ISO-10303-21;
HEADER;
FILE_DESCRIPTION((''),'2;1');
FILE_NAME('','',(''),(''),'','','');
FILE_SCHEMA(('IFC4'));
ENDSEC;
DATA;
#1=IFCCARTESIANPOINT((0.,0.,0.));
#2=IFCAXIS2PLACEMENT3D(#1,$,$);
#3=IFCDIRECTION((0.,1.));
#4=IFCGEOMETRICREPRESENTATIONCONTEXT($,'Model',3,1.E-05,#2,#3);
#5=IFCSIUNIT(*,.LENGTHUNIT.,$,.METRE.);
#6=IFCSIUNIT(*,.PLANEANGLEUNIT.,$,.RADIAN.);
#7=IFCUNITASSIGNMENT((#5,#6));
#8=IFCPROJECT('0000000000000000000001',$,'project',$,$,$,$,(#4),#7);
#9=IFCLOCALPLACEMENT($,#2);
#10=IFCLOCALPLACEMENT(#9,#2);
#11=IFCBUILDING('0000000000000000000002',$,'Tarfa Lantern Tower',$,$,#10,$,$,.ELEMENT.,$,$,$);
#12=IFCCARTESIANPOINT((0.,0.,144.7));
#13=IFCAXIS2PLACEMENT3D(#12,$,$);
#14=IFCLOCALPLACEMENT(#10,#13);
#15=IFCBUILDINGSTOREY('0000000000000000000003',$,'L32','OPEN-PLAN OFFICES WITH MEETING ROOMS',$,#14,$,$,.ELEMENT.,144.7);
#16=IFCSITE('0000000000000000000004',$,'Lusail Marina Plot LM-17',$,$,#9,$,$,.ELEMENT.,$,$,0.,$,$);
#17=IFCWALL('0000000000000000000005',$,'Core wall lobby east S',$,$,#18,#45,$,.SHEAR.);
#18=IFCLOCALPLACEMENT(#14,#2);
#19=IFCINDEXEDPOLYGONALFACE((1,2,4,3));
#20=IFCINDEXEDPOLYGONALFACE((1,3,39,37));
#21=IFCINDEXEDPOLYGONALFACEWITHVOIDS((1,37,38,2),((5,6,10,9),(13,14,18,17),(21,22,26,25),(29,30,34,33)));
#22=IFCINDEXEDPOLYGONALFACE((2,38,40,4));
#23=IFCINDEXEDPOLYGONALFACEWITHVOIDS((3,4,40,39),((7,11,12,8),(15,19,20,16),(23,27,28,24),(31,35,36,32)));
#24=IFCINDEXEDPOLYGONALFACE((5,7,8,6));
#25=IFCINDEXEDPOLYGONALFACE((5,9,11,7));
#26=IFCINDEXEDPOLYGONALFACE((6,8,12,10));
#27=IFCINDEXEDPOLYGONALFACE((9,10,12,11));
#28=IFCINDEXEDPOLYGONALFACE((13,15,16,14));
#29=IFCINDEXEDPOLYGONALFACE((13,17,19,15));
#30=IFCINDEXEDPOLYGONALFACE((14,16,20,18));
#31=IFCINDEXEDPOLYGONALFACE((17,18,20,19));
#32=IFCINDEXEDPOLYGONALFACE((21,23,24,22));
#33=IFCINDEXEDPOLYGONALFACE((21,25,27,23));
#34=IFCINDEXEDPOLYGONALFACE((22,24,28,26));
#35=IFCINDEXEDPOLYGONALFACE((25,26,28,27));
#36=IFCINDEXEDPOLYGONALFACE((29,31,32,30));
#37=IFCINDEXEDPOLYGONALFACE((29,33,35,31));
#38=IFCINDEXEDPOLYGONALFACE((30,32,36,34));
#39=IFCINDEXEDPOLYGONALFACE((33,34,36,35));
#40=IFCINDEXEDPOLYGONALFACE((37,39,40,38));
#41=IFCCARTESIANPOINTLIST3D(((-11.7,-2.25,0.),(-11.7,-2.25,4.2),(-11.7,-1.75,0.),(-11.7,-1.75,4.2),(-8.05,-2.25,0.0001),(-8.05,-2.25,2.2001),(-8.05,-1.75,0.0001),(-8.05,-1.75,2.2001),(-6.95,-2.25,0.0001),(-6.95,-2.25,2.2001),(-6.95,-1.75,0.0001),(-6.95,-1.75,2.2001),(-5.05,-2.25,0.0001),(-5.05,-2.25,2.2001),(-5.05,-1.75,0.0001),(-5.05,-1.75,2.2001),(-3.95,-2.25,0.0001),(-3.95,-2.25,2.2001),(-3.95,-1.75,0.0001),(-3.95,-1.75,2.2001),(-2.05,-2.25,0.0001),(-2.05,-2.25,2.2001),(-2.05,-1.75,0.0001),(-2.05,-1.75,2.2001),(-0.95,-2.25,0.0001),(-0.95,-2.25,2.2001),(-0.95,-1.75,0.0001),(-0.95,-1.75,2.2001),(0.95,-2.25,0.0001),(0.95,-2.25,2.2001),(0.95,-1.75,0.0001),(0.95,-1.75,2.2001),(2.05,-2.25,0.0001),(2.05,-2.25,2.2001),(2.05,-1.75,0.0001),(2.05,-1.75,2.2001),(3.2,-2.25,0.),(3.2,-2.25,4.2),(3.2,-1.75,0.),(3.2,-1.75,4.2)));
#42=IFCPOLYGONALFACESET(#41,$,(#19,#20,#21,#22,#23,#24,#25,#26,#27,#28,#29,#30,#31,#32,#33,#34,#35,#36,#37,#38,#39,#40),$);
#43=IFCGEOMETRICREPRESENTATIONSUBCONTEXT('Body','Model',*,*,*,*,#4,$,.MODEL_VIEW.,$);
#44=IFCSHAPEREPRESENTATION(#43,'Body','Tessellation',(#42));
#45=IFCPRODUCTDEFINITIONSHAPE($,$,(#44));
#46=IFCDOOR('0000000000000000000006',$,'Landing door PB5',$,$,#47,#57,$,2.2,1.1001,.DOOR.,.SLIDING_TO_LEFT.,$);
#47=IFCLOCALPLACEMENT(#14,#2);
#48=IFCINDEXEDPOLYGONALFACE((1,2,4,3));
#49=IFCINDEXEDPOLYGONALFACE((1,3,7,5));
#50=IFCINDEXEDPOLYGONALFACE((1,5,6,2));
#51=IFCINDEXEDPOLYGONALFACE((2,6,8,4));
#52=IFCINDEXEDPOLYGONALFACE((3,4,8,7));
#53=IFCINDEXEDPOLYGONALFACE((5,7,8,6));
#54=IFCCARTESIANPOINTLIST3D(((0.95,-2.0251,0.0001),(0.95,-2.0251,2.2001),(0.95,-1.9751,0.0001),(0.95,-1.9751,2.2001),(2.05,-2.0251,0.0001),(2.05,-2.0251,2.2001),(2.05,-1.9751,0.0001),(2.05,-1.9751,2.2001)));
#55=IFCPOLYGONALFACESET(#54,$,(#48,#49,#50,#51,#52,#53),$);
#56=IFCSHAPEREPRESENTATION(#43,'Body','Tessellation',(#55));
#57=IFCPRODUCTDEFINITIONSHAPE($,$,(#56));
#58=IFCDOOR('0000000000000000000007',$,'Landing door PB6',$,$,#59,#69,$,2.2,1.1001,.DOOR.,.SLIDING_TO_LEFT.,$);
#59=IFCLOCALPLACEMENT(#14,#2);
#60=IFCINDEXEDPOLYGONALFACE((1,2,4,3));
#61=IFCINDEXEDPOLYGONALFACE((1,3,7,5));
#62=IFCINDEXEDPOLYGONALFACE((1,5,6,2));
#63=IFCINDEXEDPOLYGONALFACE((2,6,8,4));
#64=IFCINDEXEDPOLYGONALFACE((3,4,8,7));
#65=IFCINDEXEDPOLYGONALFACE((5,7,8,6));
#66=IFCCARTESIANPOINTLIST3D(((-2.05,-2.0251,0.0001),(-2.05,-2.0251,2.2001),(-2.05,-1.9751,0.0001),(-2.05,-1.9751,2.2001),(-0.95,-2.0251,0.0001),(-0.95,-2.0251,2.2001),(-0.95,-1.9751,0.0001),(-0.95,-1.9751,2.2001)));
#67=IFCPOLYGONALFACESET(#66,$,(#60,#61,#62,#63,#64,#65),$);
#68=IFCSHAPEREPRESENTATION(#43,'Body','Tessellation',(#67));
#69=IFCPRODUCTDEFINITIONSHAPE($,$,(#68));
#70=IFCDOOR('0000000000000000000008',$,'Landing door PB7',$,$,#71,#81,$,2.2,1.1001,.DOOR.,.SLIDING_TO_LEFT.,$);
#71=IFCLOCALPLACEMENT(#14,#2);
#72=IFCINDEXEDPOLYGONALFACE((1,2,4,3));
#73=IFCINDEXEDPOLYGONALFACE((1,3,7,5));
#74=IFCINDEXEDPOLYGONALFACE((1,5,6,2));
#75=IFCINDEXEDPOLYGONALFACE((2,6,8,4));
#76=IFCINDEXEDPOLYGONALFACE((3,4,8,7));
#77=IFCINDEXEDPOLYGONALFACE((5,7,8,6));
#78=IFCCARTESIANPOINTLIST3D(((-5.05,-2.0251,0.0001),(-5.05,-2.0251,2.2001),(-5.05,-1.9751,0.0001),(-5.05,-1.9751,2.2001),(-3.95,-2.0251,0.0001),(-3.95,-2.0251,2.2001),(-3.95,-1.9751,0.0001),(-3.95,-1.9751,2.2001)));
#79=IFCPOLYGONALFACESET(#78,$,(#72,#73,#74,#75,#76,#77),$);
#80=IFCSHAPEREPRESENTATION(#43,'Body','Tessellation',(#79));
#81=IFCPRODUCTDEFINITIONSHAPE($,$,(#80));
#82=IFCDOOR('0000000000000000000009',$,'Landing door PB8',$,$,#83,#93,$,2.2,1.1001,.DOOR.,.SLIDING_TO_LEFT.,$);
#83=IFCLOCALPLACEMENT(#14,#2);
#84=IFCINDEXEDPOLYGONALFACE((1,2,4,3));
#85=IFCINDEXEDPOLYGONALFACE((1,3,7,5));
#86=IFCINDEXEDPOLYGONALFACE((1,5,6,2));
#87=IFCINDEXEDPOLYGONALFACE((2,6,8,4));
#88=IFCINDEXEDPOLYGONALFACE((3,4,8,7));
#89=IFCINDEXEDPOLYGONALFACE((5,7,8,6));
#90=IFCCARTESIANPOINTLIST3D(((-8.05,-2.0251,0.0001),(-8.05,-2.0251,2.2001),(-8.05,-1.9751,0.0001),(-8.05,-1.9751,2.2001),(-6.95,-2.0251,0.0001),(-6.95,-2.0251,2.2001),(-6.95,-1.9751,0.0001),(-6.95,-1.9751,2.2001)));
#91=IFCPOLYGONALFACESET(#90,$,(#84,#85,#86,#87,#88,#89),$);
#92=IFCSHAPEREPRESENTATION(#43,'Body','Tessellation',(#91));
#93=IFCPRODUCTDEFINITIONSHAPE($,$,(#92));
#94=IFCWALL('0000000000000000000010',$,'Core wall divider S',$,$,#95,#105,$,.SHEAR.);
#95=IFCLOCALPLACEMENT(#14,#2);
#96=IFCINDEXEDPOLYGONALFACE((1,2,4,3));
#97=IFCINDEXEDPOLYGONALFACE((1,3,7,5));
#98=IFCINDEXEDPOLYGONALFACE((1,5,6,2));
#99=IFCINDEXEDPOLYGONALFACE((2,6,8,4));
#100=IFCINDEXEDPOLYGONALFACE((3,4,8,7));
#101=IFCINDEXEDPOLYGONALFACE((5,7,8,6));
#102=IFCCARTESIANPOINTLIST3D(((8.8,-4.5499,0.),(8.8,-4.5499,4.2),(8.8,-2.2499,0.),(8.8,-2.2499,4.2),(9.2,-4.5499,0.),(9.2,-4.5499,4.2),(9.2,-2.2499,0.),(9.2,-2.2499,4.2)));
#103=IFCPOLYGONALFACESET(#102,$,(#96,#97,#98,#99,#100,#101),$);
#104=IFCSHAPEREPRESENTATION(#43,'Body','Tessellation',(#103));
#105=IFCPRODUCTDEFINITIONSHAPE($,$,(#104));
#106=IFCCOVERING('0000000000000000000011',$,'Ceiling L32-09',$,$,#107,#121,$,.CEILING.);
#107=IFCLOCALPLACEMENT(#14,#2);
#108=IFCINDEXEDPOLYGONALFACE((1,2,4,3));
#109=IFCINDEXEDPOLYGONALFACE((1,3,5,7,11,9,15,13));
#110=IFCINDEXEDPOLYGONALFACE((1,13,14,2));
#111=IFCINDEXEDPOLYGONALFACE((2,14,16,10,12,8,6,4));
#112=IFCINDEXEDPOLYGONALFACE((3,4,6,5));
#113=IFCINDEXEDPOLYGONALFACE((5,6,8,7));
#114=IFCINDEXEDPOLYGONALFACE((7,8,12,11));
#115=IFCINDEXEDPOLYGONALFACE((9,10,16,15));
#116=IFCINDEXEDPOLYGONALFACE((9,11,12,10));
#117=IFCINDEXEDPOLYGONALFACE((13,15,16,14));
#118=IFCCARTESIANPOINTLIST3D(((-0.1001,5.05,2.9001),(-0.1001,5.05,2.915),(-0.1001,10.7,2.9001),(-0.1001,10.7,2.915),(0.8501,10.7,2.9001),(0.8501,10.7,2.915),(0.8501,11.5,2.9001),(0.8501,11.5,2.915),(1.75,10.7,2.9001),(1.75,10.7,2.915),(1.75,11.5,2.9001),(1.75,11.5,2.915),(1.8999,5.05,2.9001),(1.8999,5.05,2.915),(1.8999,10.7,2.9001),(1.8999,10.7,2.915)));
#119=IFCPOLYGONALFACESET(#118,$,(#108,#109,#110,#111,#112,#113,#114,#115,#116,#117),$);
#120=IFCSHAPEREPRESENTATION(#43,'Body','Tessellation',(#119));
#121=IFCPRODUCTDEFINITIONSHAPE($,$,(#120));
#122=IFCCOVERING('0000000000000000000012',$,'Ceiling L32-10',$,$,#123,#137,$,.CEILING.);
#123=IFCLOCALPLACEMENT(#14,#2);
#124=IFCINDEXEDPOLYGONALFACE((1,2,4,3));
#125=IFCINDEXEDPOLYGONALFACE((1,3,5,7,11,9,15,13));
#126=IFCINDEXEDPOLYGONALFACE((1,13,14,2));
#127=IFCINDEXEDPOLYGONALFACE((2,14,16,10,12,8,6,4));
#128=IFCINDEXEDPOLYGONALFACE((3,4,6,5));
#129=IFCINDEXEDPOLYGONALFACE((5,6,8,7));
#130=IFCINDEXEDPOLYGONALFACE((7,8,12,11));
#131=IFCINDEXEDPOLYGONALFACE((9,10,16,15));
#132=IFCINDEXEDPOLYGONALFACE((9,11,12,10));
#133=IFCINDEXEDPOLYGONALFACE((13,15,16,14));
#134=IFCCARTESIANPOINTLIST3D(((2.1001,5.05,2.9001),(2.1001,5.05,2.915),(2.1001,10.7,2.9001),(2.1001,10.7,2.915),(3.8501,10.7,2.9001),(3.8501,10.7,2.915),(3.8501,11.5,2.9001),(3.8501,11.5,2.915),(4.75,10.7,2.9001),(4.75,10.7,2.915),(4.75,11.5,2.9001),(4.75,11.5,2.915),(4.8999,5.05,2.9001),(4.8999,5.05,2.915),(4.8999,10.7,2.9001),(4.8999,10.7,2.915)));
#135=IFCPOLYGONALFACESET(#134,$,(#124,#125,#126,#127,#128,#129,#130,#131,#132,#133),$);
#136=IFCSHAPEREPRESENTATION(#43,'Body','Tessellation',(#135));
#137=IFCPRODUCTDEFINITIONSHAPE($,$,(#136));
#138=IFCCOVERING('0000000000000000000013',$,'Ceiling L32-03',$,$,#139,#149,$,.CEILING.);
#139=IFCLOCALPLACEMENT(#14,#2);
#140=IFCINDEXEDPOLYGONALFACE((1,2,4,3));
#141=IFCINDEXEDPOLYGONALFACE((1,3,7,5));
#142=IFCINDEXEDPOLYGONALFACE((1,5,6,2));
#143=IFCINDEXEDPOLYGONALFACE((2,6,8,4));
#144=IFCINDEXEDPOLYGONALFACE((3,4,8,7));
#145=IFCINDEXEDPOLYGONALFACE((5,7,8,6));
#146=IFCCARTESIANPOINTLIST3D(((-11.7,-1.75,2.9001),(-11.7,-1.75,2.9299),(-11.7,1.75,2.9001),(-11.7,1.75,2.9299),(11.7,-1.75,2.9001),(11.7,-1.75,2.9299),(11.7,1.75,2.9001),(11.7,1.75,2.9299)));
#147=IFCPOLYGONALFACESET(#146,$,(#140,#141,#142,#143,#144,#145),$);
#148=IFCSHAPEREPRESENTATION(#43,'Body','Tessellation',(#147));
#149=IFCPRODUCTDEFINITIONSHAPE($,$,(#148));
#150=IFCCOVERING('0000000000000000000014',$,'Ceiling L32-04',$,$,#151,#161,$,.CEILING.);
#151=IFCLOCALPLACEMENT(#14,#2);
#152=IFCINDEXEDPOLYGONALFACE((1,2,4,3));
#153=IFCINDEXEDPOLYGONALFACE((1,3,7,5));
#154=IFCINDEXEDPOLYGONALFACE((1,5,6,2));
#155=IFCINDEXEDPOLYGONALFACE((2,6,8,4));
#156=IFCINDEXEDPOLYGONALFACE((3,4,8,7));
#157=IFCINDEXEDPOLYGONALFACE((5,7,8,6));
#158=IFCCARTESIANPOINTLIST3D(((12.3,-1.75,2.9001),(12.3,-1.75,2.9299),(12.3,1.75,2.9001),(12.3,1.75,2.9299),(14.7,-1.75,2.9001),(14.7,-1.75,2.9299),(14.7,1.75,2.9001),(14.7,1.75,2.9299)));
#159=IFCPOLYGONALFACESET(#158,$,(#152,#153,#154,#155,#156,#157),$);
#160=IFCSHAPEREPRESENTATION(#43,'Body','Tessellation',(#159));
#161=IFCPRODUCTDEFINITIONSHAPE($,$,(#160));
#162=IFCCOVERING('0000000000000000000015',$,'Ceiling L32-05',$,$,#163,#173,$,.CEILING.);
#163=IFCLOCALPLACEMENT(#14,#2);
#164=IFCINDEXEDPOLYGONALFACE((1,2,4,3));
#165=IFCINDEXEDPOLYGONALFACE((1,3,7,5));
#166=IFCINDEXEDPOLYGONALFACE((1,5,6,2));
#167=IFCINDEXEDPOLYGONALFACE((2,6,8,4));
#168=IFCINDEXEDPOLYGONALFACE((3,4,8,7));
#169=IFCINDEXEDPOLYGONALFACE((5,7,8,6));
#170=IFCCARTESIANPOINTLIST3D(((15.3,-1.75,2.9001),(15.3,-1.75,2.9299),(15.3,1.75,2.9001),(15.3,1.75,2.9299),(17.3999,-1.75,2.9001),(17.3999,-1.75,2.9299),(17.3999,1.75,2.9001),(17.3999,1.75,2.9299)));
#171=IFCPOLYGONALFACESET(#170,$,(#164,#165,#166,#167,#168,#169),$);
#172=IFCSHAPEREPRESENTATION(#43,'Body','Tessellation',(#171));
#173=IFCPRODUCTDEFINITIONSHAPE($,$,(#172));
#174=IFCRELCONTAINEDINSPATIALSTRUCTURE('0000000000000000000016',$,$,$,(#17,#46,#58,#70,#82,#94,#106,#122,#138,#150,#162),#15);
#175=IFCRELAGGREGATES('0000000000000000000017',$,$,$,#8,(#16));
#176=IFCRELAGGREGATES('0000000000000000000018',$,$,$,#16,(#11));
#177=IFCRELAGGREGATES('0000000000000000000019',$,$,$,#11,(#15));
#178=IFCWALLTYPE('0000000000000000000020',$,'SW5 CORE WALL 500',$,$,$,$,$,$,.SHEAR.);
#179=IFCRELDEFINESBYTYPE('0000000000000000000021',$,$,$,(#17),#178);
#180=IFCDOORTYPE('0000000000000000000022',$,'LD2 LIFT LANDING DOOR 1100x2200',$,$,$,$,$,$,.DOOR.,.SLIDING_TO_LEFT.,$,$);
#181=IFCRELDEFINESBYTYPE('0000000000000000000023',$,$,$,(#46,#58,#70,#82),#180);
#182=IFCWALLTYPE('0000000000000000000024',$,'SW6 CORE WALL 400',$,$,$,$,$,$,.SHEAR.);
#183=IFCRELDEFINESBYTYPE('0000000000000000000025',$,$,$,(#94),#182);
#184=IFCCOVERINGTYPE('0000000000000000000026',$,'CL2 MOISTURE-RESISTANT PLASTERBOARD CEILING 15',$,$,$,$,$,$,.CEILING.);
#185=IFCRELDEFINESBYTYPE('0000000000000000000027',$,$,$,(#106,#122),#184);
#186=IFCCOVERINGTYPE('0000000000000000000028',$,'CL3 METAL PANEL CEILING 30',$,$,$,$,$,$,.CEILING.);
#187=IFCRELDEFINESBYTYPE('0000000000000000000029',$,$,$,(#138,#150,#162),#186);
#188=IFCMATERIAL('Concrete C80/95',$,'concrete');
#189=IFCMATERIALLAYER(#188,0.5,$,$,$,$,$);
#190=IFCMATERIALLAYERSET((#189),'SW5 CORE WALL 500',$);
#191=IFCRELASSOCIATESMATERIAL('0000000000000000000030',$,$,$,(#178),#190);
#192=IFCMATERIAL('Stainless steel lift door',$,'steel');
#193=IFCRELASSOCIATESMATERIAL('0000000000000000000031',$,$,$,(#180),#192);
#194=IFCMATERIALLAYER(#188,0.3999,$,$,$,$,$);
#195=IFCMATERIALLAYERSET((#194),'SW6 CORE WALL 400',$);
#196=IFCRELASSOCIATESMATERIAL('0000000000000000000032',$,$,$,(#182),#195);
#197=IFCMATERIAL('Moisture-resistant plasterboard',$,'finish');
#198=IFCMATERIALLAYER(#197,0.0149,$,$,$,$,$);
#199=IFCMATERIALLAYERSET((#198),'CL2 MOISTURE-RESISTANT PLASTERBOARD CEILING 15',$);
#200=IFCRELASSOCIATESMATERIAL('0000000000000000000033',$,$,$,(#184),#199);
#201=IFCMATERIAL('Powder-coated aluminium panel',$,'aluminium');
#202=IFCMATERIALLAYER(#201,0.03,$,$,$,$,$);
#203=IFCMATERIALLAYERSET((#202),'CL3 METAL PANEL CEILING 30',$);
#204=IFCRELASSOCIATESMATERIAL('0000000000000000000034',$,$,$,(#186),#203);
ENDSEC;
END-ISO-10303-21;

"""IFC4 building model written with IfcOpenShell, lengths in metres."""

from ifc_helpers import new_model, si_unit, direction, frame, frame_2d, origin, place, context, subcontext, project, spatial, polyline, rectangle, outline, extrude, material, layer, layer_set, type_object, element, fill, save


model = new_model("IFC4")

# Units and contexts
model_context = context("Model", 3, precision=1e-05, world=origin(), true_north=direction((0.0, 1.0)))
body_context = subcontext(model_context, "Body", "Model", "MODEL_VIEW")
ifc_project = project(units=[si_unit("LENGTHUNIT", "METRE"), si_unit("PLANEANGLEUNIT", "RADIAN")], contexts=[model_context])

# Site, building, storey
site_placement = place(None, origin())
site = spatial("IfcSite", under=ifc_project, at=site_placement, Name="Lusail Marina Plot LM-17", CompositionType="ELEMENT", RefElevation=0.0)
building_placement = place(site_placement, origin())
building = spatial("IfcBuilding", under=site, at=building_placement, Name="Tarfa Lantern Tower", CompositionType="ELEMENT")
storey_placement = place(building_placement, frame((0.0, 0.0, 144.7)))
storey = spatial("IfcBuildingStorey", under=building, at=storey_placement, Name="L32", Description="OPEN-PLAN OFFICES WITH MEETING ROOMS", CompositionType="ELEMENT", Elevation=144.7)

# Wall, openings, doors
ifc_material_1 = material(Name="Concrete C80/95", Category="concrete")
ifc_layer_1 = layer(ifc_material_1, 0.5)
ifc_layer_set_1 = layer_set([ifc_layer_1], Name="SW5 CORE WALL 500")
wall_type_1 = type_object("IfcWallType", Name="SW5 CORE WALL 500", PredefinedType="SHEAR", material=ifc_layer_set_1)
wall_1_placement = place(storey_placement, frame((3.2, -2.0, 0.0), z_axis=(0.0, 0.0, 1.0), x_axis=(-1.0, 0.0, 0.0)))
wall_1 = element("IfcWall", 1, at=wall_1_placement, inside=storey, type_object=wall_type_1, Name="Core wall lobby east S", PredefinedType="SHEAR", context=body_context, shape_type="SweptSolid", body=[
    extrude(rectangle(XDim=14.8999, YDim=0.5, at=frame_2d((7.45, 0.0))), origin(), (0.0, 0.0, 1.0), 4.2),
])
opening_1_placement = place(wall_1_placement, frame((1.1499, 0.0, 0.0)))
opening_1 = element("IfcOpeningElement", 2, at=opening_1_placement, cuts=wall_1, PredefinedType="OPENING", context=body_context, shape_type="SweptSolid", body=[
    extrude(rectangle(XDim=1.1001, YDim=2.2, at=frame_2d((0.55, 1.1001))), frame((0.0, 0.26, 0.0), z_axis=(0.0, -1.0, 0.0), x_axis=(1.0, 0.0, 0.0)), (0.0, 0.0, 1.0), 0.52),
])
opening_2_placement = place(wall_1_placement, frame((4.1499, 0.0, 0.0)))
opening_2 = element("IfcOpeningElement", 3, at=opening_2_placement, cuts=wall_1, PredefinedType="OPENING", context=body_context, shape_type="SweptSolid", body=[
    extrude(rectangle(XDim=1.1001, YDim=2.2, at=frame_2d((0.55, 1.1001))), frame((0.0, 0.26, 0.0), z_axis=(0.0, -1.0, 0.0), x_axis=(1.0, 0.0, 0.0)), (0.0, 0.0, 1.0), 0.52),
])
opening_3_placement = place(wall_1_placement, frame((7.1499, 0.0, 0.0)))
opening_3 = element("IfcOpeningElement", 4, at=opening_3_placement, cuts=wall_1, PredefinedType="OPENING", context=body_context, shape_type="SweptSolid", body=[
    extrude(rectangle(XDim=1.1001, YDim=2.2, at=frame_2d((0.55, 1.1001))), frame((0.0, 0.26, 0.0), z_axis=(0.0, -1.0, 0.0), x_axis=(1.0, 0.0, 0.0)), (0.0, 0.0, 1.0), 0.52),
])
opening_4_placement = place(wall_1_placement, frame((10.1499, 0.0, 0.0)))
opening_4 = element("IfcOpeningElement", 5, at=opening_4_placement, cuts=wall_1, PredefinedType="OPENING", context=body_context, shape_type="SweptSolid", body=[
    extrude(rectangle(XDim=1.1001, YDim=2.2, at=frame_2d((0.55, 1.1001))), frame((0.0, 0.26, 0.0), z_axis=(0.0, -1.0, 0.0), x_axis=(1.0, 0.0, 0.0)), (0.0, 0.0, 1.0), 0.52),
])
ifc_material_2 = material(Name="Stainless steel lift door", Category="steel")
door_type = type_object("IfcDoorType", Name="LD2 LIFT LANDING DOOR 1100x2200", OperationType="SLIDING_TO_LEFT", PredefinedType="DOOR", material=ifc_material_2)
door_1_placement = place(opening_1_placement, frame((1.1001, 0.0, 0.0), z_axis=(0.0, 0.0, 1.0), x_axis=(-1.0, 0.0, 0.0)))
door_1 = element("IfcDoor", 6, at=door_1_placement, inside=storey, type_object=door_type, Name="Landing door PB5", OperationType="SLIDING_TO_LEFT", OverallHeight=2.2, OverallWidth=1.1001, PredefinedType="DOOR", context=body_context, shape_type="SweptSolid", body=[
    extrude(rectangle(XDim=1.1001, YDim=2.2, at=frame_2d((0.55, 1.1001))), frame((0.0, 0.0249, 0.0), z_axis=(0.0, -1.0, 0.0), x_axis=(1.0, 0.0, 0.0)), (0.0, 0.0, 1.0), 0.05),
])
fill(opening_1, door_1)
door_2_placement = place(opening_2_placement, frame((1.1001, 0.0, 0.0), z_axis=(0.0, 0.0, 1.0), x_axis=(-1.0, 0.0, 0.0)))
door_2 = element("IfcDoor", 7, at=door_2_placement, inside=storey, type_object=door_type, Name="Landing door PB6", OperationType="SLIDING_TO_LEFT", OverallHeight=2.2, OverallWidth=1.1001, PredefinedType="DOOR", context=body_context, shape_type="SweptSolid", body=[
    extrude(rectangle(XDim=1.1001, YDim=2.2, at=frame_2d((0.55, 1.1001))), frame((0.0, 0.0249, 0.0), z_axis=(0.0, -1.0, 0.0), x_axis=(1.0, 0.0, 0.0)), (0.0, 0.0, 1.0), 0.05),
])
fill(opening_2, door_2)
door_3_placement = place(opening_3_placement, frame((1.1001, 0.0, 0.0), z_axis=(0.0, 0.0, 1.0), x_axis=(-1.0, 0.0, 0.0)))
door_3 = element("IfcDoor", 8, at=door_3_placement, inside=storey, type_object=door_type, Name="Landing door PB7", OperationType="SLIDING_TO_LEFT", OverallHeight=2.2, OverallWidth=1.1001, PredefinedType="DOOR", context=body_context, shape_type="SweptSolid", body=[
    extrude(rectangle(XDim=1.1001, YDim=2.2, at=frame_2d((0.55, 1.1001))), frame((0.0, 0.0249, 0.0), z_axis=(0.0, -1.0, 0.0), x_axis=(1.0, 0.0, 0.0)), (0.0, 0.0, 1.0), 0.05),
])
fill(opening_3, door_3)
door_4_placement = place(opening_4_placement, frame((1.1001, 0.0, 0.0), z_axis=(0.0, 0.0, 1.0), x_axis=(-1.0, 0.0, 0.0)))
door_4 = element("IfcDoor", 9, at=door_4_placement, inside=storey, type_object=door_type, Name="Landing door PB8", OperationType="SLIDING_TO_LEFT", OverallHeight=2.2, OverallWidth=1.1001, PredefinedType="DOOR", context=body_context, shape_type="SweptSolid", body=[
    extrude(rectangle(XDim=1.1001, YDim=2.2, at=frame_2d((0.55, 1.1001))), frame((0.0, 0.0249, 0.0), z_axis=(0.0, -1.0, 0.0), x_axis=(1.0, 0.0, 0.0)), (0.0, 0.0, 1.0), 0.05),
])
fill(opening_4, door_4)

# Wall
ifc_layer_2 = layer(ifc_material_1, 0.3999)
ifc_layer_set_2 = layer_set([ifc_layer_2], Name="SW6 CORE WALL 400")
wall_type_2 = type_object("IfcWallType", Name="SW6 CORE WALL 400", PredefinedType="SHEAR", material=ifc_layer_set_2)
wall_2_placement = place(storey_placement, frame((9.0, -2.25, 0.0), z_axis=(0.0, 0.0, 1.0), x_axis=(0.0, -1.0, 0.0)))
element("IfcWall", 10, at=wall_2_placement, inside=storey, type_object=wall_type_2, Name="Core wall divider S", PredefinedType="SHEAR", context=body_context, shape_type="SweptSolid", body=[
    extrude(rectangle(XDim=2.3, YDim=0.3999, at=frame_2d((1.1499, 0.0))), origin(), (0.0, 0.0, 1.0), 4.2),
])

# Coverings
ifc_material_3 = material(Name="Moisture-resistant plasterboard", Category="finish")
ifc_layer_3 = layer(ifc_material_3, 0.0149)
ifc_layer_set_3 = layer_set([ifc_layer_3], Name="CL2 MOISTURE-RESISTANT PLASTERBOARD CEILING 15")
covering_type_1 = type_object("IfcCoveringType", Name="CL2 MOISTURE-RESISTANT PLASTERBOARD CEILING 15", PredefinedType="CEILING", material=ifc_layer_set_3)
covering_1_placement = place(storey_placement, frame((0.0, 0.0, 2.9001)))
element("IfcCovering", 11, at=covering_1_placement, inside=storey, type_object=covering_type_1, Name="Ceiling L32-09", PredefinedType="CEILING", context=body_context, shape_type="SweptSolid", body=[
    extrude(outline(polyline([(0.8501, 10.7), (-0.1001, 10.7), (-0.1001, 5.05), (1.8999, 5.05), (1.8999, 10.7), (1.75, 10.7), (1.75, 11.5), (1.75, 11.5), (0.8501, 11.5), (0.8501, 10.7)])), origin(), (0.0, 0.0, 1.0), 0.0149),
])
covering_2_placement = place(storey_placement, frame((0.0, 0.0, 2.9001)))
element("IfcCovering", 12, at=covering_2_placement, inside=storey, type_object=covering_type_1, Name="Ceiling L32-10", PredefinedType="CEILING", context=body_context, shape_type="SweptSolid", body=[
    extrude(outline(polyline([(2.1001, 5.05), (4.8999, 5.05), (4.8999, 10.7), (4.75, 10.7), (4.75, 11.5), (3.8501, 11.5), (3.8501, 10.7), (2.1001, 10.7), (2.1001, 5.05)])), origin(), (0.0, 0.0, 1.0), 0.0149),
])
ifc_material_4 = material(Name="Powder-coated aluminium panel", Category="aluminium")
ifc_layer_4 = layer(ifc_material_4, 0.03)
ifc_layer_set_4 = layer_set([ifc_layer_4], Name="CL3 METAL PANEL CEILING 30")
covering_type_2 = type_object("IfcCoveringType", Name="CL3 METAL PANEL CEILING 30", PredefinedType="CEILING", material=ifc_layer_set_4)
covering_3_placement = place(storey_placement, frame((0.0, 0.0, 2.9001)))
element("IfcCovering", 13, at=covering_3_placement, inside=storey, type_object=covering_type_2, Name="Ceiling L32-03", PredefinedType="CEILING", context=body_context, shape_type="SweptSolid", body=[
    extrude(outline(polyline([(-11.7, -1.75), (11.7, -1.75), (11.7, 1.75), (-11.7, 1.75), (-11.7, -1.75)])), origin(), (0.0, 0.0, 1.0), 0.0298),
])
covering_4_placement = place(storey_placement, frame((0.0, 0.0, 2.9001)))
element("IfcCovering", 14, at=covering_4_placement, inside=storey, type_object=covering_type_2, Name="Ceiling L32-04", PredefinedType="CEILING", context=body_context, shape_type="SweptSolid", body=[
    extrude(outline(polyline([(12.3, -1.75), (14.7, -1.75), (14.7, 1.75), (12.3, 1.75), (12.3, -1.75)])), origin(), (0.0, 0.0, 1.0), 0.0298),
])
covering_5_placement = place(storey_placement, frame((0.0, 0.0, 2.9001)))
element("IfcCovering", 15, at=covering_5_placement, inside=storey, type_object=covering_type_2, Name="Ceiling L32-05", PredefinedType="CEILING", context=body_context, shape_type="SweptSolid", body=[
    extrude(outline(polyline([(15.3, -1.75), (17.3999, -1.75), (17.3999, 1.75), (15.3, 1.75), (15.3, -1.75)])), origin(), (0.0, 0.0, 1.0), 0.0298),
])

save(model, "model.ifc")
